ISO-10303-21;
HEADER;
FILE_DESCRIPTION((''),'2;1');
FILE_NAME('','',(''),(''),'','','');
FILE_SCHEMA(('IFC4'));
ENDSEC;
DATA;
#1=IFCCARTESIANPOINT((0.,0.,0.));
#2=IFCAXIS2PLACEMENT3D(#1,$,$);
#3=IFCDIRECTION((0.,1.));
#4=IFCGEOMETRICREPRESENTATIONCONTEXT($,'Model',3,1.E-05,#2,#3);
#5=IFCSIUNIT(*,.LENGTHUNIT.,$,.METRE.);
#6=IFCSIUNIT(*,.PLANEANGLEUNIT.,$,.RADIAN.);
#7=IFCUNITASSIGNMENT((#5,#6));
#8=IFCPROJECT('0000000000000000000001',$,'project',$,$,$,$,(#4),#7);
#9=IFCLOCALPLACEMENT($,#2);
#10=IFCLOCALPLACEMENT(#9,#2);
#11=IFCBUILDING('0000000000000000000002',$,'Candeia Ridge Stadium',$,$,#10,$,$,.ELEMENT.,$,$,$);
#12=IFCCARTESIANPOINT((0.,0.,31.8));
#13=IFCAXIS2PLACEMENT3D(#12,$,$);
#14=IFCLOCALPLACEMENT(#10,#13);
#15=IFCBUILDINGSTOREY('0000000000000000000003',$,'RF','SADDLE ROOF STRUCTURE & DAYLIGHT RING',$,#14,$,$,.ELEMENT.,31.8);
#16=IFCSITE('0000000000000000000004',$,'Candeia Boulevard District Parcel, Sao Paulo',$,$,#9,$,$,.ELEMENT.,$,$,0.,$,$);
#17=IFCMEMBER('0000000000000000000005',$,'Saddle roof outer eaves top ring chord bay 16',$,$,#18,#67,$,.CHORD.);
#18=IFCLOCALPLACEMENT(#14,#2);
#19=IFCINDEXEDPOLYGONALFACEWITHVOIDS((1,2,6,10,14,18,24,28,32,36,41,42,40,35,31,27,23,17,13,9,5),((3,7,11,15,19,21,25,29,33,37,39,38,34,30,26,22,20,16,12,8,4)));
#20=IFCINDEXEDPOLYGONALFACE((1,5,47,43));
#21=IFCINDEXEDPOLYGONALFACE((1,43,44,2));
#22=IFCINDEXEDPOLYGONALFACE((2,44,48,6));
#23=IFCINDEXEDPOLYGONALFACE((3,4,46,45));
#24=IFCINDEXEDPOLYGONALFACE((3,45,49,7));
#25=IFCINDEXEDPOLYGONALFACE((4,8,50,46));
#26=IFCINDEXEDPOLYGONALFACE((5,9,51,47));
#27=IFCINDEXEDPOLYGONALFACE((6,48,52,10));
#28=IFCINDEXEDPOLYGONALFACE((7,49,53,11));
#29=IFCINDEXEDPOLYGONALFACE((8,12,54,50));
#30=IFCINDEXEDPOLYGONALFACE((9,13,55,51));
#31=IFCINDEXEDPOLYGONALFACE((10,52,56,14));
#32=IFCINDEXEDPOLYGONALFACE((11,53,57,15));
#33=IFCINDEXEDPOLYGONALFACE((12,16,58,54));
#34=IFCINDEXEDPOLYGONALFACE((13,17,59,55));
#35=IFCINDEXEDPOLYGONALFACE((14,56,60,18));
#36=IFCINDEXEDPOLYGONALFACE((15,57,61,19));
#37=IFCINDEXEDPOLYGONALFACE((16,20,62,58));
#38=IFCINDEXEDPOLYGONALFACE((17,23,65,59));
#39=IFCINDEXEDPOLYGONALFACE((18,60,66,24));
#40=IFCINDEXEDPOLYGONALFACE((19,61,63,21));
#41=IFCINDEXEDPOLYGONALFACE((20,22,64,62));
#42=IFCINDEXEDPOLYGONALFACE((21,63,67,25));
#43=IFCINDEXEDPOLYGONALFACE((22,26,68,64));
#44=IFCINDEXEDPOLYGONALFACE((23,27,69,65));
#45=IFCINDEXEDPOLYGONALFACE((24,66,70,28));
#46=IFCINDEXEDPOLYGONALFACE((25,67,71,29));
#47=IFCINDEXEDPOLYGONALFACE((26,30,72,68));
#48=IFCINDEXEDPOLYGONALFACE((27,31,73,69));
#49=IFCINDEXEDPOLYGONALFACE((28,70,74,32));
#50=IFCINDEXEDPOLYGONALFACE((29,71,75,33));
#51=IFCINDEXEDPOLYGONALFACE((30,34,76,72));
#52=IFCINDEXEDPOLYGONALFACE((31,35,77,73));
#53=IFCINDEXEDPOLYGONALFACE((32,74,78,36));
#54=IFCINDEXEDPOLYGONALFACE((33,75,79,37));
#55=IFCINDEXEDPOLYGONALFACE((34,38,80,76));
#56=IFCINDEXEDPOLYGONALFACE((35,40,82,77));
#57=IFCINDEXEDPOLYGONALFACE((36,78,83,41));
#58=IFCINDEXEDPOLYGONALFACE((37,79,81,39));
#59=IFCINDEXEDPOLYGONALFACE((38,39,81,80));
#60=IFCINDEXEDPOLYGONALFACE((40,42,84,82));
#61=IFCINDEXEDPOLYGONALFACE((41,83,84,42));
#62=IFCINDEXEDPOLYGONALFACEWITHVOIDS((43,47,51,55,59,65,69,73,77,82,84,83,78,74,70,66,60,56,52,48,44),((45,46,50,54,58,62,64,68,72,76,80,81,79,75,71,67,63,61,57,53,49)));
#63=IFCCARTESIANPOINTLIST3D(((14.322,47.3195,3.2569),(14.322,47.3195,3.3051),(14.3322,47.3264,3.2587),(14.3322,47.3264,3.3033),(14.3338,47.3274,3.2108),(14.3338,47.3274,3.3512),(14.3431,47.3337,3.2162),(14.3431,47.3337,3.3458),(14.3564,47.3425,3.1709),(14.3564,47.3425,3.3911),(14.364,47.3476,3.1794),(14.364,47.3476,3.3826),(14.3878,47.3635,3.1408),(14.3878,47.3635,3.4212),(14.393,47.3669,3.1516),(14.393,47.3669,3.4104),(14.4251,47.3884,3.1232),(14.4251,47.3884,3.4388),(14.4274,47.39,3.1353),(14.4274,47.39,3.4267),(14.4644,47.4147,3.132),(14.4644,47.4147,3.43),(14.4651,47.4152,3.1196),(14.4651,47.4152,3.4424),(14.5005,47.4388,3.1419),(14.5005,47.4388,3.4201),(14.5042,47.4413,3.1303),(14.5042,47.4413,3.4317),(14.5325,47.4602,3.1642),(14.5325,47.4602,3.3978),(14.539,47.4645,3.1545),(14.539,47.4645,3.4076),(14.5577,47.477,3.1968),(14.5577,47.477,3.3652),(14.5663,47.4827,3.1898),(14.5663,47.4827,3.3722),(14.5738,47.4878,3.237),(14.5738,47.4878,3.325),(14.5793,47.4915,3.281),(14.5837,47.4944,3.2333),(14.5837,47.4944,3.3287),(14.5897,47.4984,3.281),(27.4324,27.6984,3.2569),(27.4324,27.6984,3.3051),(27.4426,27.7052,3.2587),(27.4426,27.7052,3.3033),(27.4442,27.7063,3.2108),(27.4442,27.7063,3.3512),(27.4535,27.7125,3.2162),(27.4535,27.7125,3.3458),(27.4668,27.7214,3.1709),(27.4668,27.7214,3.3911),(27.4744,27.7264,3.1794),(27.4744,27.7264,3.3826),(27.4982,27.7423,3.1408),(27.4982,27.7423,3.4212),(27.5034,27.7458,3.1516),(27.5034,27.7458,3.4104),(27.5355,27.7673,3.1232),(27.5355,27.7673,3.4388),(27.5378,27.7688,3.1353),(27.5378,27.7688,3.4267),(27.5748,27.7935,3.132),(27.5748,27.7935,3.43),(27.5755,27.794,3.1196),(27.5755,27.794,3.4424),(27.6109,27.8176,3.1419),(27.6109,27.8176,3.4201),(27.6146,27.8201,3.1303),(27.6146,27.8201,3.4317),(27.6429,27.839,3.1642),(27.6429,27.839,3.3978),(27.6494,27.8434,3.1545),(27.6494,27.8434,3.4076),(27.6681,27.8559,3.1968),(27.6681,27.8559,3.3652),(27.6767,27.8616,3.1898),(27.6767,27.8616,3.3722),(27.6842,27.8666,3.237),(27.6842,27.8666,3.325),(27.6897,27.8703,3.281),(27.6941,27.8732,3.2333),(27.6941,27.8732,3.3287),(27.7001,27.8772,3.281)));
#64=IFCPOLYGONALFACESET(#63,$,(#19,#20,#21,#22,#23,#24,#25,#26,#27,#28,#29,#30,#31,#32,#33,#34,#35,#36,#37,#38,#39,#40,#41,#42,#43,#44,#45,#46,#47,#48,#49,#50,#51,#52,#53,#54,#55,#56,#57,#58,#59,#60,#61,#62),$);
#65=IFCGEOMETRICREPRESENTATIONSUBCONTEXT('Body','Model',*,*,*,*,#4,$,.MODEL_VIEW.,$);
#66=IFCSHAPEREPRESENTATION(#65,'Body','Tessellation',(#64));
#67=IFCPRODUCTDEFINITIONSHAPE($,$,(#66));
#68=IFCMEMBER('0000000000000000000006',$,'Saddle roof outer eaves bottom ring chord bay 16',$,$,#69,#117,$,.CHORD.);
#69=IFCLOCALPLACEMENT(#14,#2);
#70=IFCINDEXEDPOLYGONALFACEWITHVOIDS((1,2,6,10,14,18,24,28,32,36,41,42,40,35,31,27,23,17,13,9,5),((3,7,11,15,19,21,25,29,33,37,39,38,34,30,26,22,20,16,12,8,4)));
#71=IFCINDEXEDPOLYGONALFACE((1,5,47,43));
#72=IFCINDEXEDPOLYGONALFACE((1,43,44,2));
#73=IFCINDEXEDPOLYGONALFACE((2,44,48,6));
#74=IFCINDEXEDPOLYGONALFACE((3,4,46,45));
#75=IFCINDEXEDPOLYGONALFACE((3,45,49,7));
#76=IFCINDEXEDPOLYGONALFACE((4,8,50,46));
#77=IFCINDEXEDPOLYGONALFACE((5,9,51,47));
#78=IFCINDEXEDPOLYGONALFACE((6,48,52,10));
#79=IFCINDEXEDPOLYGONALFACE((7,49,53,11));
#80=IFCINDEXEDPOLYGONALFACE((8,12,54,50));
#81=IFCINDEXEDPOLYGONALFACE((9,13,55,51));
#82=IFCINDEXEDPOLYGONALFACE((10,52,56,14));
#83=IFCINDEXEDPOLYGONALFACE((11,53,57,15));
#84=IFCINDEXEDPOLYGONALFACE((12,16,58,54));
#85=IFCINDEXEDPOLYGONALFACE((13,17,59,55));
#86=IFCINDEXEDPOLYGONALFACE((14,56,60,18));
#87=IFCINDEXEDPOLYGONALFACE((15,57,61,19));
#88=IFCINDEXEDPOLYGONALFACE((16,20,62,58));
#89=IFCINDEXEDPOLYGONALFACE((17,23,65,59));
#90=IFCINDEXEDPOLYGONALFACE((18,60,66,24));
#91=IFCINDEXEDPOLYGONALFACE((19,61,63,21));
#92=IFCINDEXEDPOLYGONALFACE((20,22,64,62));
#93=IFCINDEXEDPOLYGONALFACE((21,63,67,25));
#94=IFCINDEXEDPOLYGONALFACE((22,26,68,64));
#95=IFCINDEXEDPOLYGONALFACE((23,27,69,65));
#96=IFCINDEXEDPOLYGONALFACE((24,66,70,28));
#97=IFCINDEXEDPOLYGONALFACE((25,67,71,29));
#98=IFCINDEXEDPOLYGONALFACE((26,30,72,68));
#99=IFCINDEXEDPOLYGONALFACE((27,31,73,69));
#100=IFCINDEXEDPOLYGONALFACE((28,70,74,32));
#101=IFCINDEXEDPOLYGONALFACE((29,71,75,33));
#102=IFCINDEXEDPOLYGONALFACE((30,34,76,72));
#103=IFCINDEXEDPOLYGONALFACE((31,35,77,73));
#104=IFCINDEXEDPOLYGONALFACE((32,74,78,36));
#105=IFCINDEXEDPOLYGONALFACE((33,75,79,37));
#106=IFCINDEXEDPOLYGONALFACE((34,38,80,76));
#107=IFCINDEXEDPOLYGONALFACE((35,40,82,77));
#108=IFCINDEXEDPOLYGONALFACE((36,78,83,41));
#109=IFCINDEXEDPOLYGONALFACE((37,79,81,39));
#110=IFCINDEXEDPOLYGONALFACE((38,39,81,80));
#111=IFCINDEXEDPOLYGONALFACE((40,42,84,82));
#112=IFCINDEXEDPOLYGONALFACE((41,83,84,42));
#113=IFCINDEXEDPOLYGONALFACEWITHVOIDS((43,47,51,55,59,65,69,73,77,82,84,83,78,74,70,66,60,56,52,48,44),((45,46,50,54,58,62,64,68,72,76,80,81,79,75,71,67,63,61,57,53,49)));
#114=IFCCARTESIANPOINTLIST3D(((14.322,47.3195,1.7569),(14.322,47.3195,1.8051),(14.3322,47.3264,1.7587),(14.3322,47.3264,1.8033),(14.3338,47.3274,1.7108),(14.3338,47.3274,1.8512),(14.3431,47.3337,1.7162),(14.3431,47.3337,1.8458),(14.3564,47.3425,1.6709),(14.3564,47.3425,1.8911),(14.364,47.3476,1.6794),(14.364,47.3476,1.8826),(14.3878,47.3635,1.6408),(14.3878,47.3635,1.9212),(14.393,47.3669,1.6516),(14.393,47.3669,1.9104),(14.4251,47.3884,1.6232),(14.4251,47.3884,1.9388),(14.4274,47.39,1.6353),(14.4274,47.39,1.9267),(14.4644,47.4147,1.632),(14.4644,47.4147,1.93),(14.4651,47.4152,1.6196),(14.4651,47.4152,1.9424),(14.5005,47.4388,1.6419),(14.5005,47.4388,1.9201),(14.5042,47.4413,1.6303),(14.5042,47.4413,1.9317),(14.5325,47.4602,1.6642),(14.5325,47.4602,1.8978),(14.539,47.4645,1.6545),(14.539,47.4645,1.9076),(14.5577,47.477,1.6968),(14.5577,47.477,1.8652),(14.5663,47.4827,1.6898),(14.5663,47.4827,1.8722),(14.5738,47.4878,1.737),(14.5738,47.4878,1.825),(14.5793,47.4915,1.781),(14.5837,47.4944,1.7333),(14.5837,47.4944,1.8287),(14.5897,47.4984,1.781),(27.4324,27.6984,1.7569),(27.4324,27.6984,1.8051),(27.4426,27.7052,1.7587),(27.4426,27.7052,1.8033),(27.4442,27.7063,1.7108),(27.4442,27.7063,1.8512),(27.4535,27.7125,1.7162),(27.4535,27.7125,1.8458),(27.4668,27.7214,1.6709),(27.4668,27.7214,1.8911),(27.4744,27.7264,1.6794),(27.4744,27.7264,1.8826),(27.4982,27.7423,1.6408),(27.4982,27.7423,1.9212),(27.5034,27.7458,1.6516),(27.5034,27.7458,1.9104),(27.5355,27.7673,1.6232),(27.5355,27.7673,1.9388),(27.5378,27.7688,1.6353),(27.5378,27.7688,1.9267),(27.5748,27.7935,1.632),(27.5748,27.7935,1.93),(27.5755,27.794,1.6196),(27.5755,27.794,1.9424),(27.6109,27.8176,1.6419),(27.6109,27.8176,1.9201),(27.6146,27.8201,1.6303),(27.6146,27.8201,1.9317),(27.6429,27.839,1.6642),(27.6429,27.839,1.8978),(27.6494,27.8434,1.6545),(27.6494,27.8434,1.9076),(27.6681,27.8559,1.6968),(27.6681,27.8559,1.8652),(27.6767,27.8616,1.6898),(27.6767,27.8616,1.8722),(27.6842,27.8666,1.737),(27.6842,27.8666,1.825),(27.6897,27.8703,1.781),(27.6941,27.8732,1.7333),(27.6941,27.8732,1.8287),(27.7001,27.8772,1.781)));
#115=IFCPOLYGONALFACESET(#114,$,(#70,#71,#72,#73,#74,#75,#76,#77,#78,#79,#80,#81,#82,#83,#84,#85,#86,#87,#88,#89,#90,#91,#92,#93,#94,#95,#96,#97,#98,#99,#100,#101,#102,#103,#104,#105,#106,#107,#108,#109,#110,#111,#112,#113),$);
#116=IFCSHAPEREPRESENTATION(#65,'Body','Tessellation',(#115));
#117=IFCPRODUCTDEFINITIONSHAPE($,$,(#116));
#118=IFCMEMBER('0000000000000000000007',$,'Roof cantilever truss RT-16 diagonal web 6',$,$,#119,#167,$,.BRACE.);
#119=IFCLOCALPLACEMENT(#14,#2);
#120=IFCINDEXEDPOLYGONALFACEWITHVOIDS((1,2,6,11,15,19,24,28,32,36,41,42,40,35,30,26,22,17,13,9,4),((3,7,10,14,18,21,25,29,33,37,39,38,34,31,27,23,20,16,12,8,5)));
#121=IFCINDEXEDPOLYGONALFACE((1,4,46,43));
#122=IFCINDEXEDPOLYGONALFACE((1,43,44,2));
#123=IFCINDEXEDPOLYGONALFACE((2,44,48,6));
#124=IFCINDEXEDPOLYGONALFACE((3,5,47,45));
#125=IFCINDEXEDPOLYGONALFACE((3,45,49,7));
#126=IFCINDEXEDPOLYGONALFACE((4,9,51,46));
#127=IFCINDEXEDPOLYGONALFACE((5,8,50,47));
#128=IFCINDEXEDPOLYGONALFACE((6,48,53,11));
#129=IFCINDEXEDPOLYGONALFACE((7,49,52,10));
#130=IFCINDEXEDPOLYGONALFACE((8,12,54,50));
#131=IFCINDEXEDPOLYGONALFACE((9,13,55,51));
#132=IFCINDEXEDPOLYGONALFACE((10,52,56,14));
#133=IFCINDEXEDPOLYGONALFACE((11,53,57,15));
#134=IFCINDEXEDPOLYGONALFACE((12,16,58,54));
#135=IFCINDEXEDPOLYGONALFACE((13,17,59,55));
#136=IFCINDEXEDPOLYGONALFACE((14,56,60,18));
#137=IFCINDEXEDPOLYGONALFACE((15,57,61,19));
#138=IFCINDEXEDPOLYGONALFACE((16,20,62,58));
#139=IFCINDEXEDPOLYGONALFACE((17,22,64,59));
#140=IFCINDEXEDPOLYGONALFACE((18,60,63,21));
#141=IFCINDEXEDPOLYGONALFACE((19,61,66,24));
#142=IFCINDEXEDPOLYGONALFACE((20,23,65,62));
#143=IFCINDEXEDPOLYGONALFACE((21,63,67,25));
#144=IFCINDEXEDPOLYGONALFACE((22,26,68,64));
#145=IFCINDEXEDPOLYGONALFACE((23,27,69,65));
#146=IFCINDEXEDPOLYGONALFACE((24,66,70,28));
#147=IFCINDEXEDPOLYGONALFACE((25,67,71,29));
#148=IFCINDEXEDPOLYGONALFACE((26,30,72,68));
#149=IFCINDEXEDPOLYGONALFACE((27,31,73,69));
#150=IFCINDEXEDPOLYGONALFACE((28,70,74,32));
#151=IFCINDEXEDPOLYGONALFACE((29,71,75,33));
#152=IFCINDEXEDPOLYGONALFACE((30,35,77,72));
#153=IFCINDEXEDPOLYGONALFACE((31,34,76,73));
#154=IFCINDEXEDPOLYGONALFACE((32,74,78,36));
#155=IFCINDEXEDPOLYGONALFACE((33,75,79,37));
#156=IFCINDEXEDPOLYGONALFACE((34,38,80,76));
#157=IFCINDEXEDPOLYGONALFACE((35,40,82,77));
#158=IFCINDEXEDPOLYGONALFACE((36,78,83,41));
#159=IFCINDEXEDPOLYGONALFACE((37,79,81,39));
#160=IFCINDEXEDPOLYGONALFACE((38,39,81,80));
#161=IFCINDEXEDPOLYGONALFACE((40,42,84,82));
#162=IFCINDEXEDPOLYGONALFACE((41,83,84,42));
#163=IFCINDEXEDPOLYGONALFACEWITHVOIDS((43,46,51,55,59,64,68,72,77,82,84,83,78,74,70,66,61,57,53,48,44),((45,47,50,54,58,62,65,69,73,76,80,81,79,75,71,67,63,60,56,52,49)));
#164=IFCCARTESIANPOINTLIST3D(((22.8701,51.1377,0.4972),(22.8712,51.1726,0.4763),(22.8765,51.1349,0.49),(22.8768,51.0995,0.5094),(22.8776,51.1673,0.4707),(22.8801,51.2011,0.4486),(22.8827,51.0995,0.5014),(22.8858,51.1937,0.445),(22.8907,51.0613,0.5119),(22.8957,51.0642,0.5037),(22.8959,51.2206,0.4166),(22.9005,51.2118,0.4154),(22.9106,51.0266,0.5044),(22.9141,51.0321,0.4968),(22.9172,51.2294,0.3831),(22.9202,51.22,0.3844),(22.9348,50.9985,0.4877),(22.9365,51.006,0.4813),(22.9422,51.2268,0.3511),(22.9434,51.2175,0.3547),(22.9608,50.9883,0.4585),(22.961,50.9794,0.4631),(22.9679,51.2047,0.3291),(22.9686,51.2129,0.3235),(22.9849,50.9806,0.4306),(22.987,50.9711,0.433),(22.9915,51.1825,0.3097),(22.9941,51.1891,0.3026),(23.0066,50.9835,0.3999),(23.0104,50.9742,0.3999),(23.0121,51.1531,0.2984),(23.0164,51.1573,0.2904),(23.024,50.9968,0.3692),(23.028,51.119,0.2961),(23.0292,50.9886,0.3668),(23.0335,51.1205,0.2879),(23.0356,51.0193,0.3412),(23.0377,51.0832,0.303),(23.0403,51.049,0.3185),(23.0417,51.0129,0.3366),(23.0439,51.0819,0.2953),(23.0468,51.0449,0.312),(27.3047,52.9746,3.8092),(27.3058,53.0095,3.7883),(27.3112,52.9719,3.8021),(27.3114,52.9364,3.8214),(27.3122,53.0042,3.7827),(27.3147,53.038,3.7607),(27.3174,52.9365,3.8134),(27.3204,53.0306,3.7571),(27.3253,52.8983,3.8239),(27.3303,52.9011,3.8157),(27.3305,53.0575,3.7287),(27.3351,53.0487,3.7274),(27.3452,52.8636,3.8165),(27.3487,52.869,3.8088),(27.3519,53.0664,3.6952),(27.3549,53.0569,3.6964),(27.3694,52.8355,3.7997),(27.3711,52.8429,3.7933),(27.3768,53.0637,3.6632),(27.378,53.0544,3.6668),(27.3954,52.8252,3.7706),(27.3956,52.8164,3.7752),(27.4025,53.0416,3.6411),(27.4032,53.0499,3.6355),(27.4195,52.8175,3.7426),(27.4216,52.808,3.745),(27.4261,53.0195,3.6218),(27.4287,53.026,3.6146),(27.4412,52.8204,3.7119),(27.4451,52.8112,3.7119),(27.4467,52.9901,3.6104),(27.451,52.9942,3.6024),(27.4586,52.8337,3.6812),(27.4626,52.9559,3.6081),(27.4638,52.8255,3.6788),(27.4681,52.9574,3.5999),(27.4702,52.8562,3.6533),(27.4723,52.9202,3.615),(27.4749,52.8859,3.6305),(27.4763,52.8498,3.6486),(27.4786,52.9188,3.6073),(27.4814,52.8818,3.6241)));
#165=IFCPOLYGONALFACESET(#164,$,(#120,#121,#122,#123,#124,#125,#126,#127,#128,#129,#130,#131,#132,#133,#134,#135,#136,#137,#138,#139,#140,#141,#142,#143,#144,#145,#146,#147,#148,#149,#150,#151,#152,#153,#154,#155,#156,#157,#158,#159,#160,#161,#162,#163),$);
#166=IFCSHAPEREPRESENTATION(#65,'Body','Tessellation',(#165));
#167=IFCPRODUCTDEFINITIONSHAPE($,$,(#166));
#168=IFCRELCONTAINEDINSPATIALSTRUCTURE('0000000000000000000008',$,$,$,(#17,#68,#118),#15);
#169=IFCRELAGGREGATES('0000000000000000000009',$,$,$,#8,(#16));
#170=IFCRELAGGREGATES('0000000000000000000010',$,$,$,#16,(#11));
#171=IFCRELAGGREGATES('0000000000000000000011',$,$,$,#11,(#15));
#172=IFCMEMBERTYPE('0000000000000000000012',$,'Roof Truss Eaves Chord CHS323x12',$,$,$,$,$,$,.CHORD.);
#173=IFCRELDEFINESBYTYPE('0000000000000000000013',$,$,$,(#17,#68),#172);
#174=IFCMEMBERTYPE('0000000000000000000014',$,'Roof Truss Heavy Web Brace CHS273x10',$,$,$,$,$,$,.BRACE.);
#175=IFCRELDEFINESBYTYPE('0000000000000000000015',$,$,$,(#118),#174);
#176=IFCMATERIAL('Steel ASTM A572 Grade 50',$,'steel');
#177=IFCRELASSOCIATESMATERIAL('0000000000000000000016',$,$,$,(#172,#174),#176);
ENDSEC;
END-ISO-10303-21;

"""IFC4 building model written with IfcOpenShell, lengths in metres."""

from ifc_helpers import new_model, si_unit, direction, frame, origin, origin_2d, place, context, subcontext, project, spatial, hollow_circle, extrude, material, material_profile, profile_set, type_object, element, save


model = new_model("IFC4")

# Units and contexts
model_context = context("Model", 3, precision=1e-05, world=origin(), true_north=direction((0.0, 1.0)))
body_context = subcontext(model_context, "Body", "Model", "MODEL_VIEW")
ifc_project = project(units=[si_unit("LENGTHUNIT", "METRE"), si_unit("PLANEANGLEUNIT", "RADIAN")], contexts=[model_context])

# Site, building, storey
site_placement = place(None, origin())
site = spatial("IfcSite", under=ifc_project, at=site_placement, Name="Candeia Boulevard District Parcel, Sao Paulo", CompositionType="ELEMENT", RefElevation=0.0)
building_placement = place(site_placement, origin())
building = spatial("IfcBuilding", under=site, at=building_placement, Name="Candeia Ridge Stadium", CompositionType="ELEMENT")
storey_placement = place(building_placement, frame((0.0, 0.0, 31.8)))
storey = spatial("IfcBuildingStorey", under=building, at=storey_placement, Name="RF", Description="SADDLE ROOF STRUCTURE & DAYLIGHT RING", CompositionType="ELEMENT", Elevation=31.8)

# Shared definitions
ifc_material_1 = material(Name="Steel ASTM A572 Grade 50", Category="steel")

# Members
ifc_material_profile_1 = material_profile(ifc_material_1, hollow_circle(Radius=0.1619, WallThickness=0.0125, at=origin_2d()), Name="CHS323x12", Category="steel")
ifc_profile_set_1 = profile_set([ifc_material_profile_1], Name="Steel ASTM A572 Grade 50")
member_type_1 = type_object("IfcMemberType", Name="Roof Truss Eaves Chord CHS323x12", PredefinedType="CHORD", material=ifc_profile_set_1)
for number, where, z_axis, x_axis, name in (
    (1, (14.4551, 47.4084, 3.281), (0.555569, -0.83147, 0.0), (0.83147, 0.555569, 0.0), "Saddle roof outer eaves top ring chord bay 16"),
    (2, (14.4551, 47.4084, 1.781), (0.555569, -0.83147, 0.0), (0.83147, 0.555569, 0.0), "Saddle roof outer eaves bottom ring chord bay 16"),
):
    element("IfcMember", number, at=place(storey_placement, frame(where, z_axis=z_axis, x_axis=x_axis)), inside=storey, type_object=member_type_1, Name=name, PredefinedType="CHORD", context=body_context, shape_type="SweptSolid", body=[
        extrude(hollow_circle(Radius=0.1619, WallThickness=0.0125, at=origin_2d()), origin(), (0.0, 0.0, 1.0), 23.5981),
    ])
ifc_material_profile_2 = material_profile(ifc_material_1, hollow_circle(Radius=0.1365, WallThickness=0.01, at=origin_2d()), Name="CHS273x10", Category="steel")
ifc_profile_set_2 = profile_set([ifc_material_profile_2], Name="Steel ASTM A572 Grade 50")
member_type_2 = type_object("IfcMemberType", Name="Roof Truss Heavy Web Brace CHS273x10", PredefinedType="BRACE", material=ifc_profile_set_2)
member_1_placement = place(storey_placement, frame((27.3928, 52.9373, 3.7119), z_axis=(-0.760421, -0.314986, -0.567929), x_axis=(0.382693, -0.923875, 0.0)))
element("IfcMember", 3, at=member_1_placement, inside=storey, type_object=member_type_2, Name="Roof cantilever truss RT-16 diagonal web 6", PredefinedType="BRACE", context=body_context, shape_type="SweptSolid", body=[
    extrude(hollow_circle(Radius=0.1365, WallThickness=0.01, at=origin_2d()), origin(), (0.0, 0.0, 1.0), 5.8318),
])

save(model, "model.ifc")
